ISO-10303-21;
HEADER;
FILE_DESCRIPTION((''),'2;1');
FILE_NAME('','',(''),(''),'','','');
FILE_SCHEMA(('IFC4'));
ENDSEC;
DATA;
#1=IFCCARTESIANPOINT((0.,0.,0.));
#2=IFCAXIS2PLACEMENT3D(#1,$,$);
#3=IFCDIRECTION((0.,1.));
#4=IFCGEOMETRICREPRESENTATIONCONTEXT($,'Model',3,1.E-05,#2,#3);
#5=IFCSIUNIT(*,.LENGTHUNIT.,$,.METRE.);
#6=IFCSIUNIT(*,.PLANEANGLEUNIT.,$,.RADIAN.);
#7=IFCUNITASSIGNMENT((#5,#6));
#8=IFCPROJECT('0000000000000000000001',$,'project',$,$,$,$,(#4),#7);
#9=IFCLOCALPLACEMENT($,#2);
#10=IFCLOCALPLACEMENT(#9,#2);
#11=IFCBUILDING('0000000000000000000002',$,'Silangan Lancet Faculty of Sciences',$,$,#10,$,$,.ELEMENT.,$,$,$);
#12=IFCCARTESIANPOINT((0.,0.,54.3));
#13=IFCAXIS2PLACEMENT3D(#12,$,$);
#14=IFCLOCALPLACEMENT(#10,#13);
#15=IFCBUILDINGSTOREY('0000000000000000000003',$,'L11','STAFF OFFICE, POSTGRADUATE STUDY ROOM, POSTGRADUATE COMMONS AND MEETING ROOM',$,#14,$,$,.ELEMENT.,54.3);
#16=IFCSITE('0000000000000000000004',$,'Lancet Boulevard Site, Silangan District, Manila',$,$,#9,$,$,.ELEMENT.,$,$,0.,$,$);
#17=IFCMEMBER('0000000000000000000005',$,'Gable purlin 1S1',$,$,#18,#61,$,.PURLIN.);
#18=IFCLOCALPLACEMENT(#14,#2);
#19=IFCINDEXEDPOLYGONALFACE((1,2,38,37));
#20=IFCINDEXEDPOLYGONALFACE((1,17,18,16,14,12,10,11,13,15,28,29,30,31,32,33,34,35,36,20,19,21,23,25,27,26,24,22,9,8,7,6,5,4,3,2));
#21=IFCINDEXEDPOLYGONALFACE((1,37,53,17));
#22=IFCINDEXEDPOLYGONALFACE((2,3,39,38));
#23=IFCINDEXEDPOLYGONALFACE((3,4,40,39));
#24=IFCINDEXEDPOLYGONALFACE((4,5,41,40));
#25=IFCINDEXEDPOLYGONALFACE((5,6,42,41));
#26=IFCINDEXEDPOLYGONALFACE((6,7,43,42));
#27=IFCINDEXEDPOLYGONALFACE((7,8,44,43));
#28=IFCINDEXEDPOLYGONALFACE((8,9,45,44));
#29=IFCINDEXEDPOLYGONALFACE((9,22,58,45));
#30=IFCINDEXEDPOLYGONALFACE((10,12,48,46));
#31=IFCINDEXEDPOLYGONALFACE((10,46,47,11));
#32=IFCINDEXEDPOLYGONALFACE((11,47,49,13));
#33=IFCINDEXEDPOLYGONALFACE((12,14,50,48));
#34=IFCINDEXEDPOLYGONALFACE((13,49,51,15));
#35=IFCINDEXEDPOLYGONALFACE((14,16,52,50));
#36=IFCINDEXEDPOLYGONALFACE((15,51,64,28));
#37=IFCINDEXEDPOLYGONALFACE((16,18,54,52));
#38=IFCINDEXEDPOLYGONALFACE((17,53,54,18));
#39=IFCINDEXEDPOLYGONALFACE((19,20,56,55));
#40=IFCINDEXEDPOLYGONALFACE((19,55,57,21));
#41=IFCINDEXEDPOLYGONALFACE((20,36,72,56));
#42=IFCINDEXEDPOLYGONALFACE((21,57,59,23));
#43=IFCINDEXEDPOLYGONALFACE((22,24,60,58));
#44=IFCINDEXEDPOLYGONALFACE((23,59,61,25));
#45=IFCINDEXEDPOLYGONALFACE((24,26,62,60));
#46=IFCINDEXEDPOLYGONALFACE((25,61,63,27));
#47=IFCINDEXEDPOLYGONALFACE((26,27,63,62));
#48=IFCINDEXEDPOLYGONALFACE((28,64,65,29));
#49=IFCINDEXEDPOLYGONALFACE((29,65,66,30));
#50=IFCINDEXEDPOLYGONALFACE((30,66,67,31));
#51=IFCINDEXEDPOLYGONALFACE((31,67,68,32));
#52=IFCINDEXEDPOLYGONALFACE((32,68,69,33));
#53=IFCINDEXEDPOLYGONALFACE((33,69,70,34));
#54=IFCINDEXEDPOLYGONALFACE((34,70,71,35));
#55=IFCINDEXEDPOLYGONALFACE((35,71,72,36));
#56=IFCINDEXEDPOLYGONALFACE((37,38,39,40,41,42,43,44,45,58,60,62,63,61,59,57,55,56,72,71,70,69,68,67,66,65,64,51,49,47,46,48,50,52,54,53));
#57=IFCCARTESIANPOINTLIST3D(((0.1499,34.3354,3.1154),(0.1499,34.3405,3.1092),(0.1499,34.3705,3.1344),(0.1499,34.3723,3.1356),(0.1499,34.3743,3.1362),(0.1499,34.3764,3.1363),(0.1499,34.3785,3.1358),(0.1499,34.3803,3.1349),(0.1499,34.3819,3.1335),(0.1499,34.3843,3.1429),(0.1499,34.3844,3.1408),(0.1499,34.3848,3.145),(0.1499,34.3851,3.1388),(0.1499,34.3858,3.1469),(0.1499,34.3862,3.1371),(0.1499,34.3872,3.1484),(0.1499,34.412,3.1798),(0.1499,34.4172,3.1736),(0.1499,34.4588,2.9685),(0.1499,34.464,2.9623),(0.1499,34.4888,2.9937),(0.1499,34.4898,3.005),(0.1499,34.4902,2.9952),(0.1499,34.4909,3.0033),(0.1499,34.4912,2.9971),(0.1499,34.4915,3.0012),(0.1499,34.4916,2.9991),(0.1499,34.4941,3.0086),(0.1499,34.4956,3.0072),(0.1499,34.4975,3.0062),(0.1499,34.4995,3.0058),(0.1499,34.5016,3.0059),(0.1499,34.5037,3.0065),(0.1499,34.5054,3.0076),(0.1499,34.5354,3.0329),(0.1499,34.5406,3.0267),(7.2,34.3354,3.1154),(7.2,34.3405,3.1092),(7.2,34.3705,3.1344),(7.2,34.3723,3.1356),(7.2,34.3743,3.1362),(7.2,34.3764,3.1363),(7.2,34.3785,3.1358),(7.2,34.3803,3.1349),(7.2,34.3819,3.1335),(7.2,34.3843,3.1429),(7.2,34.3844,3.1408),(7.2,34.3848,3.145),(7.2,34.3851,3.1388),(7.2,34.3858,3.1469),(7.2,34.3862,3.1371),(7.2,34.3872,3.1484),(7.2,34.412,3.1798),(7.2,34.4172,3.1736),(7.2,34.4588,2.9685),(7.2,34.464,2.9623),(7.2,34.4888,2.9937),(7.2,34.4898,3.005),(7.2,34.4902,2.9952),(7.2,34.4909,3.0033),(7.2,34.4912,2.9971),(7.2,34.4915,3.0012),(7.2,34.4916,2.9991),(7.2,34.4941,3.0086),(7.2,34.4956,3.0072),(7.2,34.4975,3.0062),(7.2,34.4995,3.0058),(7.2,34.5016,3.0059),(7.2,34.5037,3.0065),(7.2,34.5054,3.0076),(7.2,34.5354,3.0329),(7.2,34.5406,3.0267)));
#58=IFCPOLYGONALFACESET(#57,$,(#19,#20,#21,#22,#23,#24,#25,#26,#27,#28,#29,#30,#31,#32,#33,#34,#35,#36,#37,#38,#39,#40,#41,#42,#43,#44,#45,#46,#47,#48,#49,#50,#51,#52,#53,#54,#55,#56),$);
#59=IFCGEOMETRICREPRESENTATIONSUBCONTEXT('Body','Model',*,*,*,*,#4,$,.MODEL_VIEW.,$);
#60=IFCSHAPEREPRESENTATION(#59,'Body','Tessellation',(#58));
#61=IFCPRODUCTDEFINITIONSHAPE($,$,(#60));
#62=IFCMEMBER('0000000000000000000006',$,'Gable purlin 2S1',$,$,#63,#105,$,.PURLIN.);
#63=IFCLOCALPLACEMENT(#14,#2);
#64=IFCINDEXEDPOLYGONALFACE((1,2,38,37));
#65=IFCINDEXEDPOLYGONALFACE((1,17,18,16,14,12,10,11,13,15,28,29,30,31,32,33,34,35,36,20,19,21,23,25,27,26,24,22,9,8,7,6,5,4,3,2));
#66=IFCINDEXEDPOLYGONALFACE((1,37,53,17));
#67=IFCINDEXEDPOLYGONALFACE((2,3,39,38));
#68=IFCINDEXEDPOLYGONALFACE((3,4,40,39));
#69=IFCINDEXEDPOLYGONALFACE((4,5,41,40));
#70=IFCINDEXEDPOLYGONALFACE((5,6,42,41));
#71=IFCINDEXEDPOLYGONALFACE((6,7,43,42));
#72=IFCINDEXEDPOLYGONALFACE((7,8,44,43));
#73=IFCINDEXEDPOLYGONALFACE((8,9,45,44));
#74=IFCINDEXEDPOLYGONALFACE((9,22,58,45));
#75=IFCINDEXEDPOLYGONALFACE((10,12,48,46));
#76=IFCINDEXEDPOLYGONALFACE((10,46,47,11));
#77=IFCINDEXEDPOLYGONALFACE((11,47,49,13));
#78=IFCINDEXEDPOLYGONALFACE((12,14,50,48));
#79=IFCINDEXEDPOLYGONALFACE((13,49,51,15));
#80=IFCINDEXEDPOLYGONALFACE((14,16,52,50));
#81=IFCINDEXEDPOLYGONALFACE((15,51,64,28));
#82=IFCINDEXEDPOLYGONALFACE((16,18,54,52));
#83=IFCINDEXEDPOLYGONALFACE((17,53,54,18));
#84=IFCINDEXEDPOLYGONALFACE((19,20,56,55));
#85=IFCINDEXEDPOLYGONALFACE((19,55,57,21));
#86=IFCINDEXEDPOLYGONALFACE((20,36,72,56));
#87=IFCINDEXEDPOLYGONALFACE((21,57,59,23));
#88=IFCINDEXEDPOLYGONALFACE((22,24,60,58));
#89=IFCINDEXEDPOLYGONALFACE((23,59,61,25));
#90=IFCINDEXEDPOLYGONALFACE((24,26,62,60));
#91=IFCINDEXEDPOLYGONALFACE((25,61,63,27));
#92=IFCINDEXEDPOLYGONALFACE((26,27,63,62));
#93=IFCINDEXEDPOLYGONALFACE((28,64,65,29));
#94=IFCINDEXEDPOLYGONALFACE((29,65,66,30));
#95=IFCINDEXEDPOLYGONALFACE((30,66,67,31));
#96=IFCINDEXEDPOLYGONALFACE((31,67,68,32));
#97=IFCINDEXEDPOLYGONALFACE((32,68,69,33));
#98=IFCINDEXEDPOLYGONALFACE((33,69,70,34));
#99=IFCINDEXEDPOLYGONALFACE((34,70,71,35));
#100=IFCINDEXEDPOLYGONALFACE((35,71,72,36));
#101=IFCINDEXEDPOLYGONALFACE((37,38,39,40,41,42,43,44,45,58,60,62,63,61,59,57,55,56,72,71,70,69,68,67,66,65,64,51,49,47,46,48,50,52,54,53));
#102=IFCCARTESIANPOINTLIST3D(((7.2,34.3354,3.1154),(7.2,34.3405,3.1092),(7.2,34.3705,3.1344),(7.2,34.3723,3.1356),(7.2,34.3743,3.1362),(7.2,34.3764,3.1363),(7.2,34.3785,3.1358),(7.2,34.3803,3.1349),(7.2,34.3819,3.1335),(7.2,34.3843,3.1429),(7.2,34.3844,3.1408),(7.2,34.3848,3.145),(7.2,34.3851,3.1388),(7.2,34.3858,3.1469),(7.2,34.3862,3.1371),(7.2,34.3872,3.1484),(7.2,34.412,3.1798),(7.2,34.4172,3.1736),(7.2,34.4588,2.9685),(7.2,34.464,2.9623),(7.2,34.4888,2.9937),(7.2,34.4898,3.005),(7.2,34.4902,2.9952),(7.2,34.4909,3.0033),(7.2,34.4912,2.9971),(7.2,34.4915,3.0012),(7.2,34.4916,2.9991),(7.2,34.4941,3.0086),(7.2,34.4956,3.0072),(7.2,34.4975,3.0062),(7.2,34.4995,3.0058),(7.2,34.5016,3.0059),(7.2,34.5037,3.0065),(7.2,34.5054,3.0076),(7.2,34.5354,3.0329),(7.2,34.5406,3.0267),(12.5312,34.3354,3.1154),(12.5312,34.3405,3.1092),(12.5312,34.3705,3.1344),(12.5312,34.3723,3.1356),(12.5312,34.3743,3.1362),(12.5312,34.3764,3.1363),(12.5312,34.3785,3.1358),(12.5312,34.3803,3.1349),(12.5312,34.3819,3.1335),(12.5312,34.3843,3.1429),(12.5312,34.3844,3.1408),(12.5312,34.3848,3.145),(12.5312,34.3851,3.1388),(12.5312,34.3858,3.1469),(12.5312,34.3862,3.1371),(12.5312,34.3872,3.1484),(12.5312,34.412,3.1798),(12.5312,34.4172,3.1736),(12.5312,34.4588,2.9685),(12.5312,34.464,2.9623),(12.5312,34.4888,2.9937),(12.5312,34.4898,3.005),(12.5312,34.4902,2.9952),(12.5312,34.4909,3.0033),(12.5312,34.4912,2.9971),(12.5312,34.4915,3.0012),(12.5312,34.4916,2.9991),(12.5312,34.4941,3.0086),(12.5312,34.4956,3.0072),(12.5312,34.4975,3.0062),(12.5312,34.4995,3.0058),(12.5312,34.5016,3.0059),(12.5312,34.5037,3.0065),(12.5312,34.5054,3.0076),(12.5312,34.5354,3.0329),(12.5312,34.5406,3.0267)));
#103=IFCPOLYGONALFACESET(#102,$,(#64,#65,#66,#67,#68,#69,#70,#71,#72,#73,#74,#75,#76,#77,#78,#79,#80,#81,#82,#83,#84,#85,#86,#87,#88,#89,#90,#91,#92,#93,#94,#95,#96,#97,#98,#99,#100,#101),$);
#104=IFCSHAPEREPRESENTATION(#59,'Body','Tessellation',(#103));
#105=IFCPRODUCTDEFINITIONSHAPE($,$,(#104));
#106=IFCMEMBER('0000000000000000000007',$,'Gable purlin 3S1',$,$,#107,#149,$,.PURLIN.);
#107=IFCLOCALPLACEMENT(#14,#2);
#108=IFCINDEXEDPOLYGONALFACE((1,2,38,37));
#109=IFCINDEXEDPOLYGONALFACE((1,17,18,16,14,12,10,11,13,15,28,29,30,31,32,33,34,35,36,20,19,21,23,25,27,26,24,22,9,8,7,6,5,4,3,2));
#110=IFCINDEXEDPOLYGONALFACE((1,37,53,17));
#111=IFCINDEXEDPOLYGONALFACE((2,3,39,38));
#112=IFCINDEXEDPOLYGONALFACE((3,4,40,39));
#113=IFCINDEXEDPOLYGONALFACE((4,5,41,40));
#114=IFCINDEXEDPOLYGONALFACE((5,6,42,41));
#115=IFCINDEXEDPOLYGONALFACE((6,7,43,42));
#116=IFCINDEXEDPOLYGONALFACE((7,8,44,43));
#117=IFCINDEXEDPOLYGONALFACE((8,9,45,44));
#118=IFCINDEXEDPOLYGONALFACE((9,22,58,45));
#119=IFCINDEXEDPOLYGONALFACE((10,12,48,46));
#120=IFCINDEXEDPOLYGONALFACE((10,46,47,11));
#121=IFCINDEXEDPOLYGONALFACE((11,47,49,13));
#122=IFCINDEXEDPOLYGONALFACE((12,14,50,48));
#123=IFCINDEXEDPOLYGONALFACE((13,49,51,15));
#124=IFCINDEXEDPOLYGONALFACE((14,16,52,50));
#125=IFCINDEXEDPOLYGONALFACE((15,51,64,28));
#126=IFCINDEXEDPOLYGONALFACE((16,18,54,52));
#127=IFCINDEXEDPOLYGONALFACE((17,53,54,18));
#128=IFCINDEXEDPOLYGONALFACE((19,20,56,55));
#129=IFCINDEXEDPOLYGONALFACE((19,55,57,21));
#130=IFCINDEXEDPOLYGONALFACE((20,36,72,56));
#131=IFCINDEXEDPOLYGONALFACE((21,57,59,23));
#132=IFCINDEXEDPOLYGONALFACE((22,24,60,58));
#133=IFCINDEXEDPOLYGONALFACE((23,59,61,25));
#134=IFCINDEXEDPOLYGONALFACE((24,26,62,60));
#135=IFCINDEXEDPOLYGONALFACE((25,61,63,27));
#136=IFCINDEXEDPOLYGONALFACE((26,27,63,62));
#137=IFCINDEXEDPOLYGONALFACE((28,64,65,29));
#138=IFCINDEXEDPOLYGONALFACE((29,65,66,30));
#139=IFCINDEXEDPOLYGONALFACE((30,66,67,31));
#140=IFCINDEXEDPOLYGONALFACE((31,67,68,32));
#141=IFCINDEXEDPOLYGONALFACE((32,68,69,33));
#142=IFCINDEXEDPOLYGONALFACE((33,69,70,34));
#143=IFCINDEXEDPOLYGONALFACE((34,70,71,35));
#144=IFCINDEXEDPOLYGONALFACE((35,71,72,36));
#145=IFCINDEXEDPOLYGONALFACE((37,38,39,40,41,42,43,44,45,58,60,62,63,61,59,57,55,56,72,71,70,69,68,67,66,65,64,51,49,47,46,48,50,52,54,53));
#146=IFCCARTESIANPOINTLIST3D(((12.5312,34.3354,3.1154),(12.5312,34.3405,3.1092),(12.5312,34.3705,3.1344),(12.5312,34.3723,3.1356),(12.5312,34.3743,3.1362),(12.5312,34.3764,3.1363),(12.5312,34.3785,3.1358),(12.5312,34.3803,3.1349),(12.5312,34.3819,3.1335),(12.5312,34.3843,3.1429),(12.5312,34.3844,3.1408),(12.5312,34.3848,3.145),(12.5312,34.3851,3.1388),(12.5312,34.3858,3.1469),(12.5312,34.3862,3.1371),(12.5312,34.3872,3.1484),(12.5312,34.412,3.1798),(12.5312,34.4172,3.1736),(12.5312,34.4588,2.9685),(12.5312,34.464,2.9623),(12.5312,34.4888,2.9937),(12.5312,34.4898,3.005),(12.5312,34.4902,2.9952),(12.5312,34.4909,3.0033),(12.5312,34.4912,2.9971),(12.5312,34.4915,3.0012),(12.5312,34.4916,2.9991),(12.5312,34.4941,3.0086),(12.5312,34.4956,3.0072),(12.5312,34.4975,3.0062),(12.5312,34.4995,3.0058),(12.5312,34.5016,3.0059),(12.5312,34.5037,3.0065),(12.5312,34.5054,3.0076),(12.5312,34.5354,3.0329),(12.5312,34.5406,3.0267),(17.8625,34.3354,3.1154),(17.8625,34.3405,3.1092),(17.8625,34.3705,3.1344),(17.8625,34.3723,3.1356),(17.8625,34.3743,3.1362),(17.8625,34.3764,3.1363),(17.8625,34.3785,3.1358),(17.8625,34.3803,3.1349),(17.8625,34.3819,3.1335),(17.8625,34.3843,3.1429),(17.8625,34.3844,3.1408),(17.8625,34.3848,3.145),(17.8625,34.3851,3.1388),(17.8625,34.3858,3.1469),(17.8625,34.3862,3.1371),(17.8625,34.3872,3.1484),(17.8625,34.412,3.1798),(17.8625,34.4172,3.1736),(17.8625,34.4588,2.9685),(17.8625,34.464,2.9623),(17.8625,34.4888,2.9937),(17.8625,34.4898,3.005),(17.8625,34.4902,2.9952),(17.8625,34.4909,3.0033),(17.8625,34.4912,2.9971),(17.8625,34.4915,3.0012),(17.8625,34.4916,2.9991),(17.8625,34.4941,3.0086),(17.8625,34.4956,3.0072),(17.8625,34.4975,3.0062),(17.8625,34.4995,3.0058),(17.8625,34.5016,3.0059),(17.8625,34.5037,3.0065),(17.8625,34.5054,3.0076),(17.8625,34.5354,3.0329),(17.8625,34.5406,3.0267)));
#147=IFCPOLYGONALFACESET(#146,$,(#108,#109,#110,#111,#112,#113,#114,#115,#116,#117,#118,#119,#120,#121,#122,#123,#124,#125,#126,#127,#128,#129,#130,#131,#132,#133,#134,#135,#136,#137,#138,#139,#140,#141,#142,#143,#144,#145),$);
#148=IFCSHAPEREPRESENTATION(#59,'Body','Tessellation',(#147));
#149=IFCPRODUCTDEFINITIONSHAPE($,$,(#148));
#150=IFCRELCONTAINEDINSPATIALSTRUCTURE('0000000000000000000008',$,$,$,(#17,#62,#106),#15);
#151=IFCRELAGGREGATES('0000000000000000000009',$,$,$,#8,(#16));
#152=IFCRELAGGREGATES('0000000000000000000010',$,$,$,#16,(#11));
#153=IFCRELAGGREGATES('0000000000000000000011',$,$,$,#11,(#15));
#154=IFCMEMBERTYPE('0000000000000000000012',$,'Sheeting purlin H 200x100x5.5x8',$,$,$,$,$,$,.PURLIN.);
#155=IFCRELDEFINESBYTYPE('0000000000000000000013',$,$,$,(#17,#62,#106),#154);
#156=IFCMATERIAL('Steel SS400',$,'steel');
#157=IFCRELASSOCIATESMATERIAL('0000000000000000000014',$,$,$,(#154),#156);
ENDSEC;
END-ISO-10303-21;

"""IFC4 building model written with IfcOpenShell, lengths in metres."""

from ifc_helpers import new_model, si_unit, direction, frame, origin, origin_2d, place, context, subcontext, project, spatial, i_section, extrude, material, material_profile, profile_set, type_object, element, save


model = new_model("IFC4")

# Units and contexts
model_context = context("Model", 3, precision=1e-05, world=origin(), true_north=direction((0.0, 1.0)))
body_context = subcontext(model_context, "Body", "Model", "MODEL_VIEW")
ifc_project = project(units=[si_unit("LENGTHUNIT", "METRE"), si_unit("PLANEANGLEUNIT", "RADIAN")], contexts=[model_context])

# Site, building, storey
site_placement = place(None, origin())
site = spatial("IfcSite", under=ifc_project, at=site_placement, Name="Lancet Boulevard Site, Silangan District, Manila", CompositionType="ELEMENT", RefElevation=0.0)
building_placement = place(site_placement, origin())
building = spatial("IfcBuilding", under=site, at=building_placement, Name="Silangan Lancet Faculty of Sciences", CompositionType="ELEMENT")
storey_placement = place(building_placement, frame((0.0, 0.0, 54.3)))
storey = spatial("IfcBuildingStorey", under=building, at=storey_placement, Name="L11", Description="STAFF OFFICE, POSTGRADUATE STUDY ROOM, POSTGRADUATE COMMONS AND MEETING ROOM", CompositionType="ELEMENT", Elevation=54.3)

# Members
ifc_material_1 = material(Name="Steel SS400", Category="steel")
ifc_material_profile_1 = material_profile(ifc_material_1, i_section(OverallWidth=0.1001, OverallDepth=0.2, WebThickness=0.0056, FlangeThickness=0.0081, FilletRadius=0.0081, at=origin_2d()), Name="H 200x100x5.5x8")
ifc_profile_set_1 = profile_set([ifc_material_profile_1], Name="Steel SS400")
member_type_1 = type_object("IfcMemberType", Name="Sheeting purlin H 200x100x5.5x8", PredefinedType="PURLIN", material=ifc_profile_set_1)
member_1_placement = place(storey_placement, frame((0.1499, 34.438, 3.071), z_axis=(1.0, 0.0, 0.0), x_axis=(0.0, 0.765705, 0.643192)))
element("IfcMember", 1, at=member_1_placement, inside=storey, type_object=member_type_1, Name="Gable purlin 1S1", PredefinedType="PURLIN", context=body_context, shape_type="SweptSolid", body=[
    extrude(i_section(OverallWidth=0.1001, OverallDepth=0.2, WebThickness=0.0056, FlangeThickness=0.0081, FilletRadius=0.0081, at=origin_2d()), origin(), (0.0, 0.0, 1.0), 7.05),
])
for number, where, z_axis, x_axis, name in (
    (2, (7.2, 34.438, 3.071), (1.0, 0.0, 0.0), (0.0, 0.765705, 0.643192), "Gable purlin 2S1"),
    (3, (12.5312, 34.438, 3.071), (1.0, 0.0, 0.0), (0.0, 0.765705, 0.643192), "Gable purlin 3S1"),
):
    element("IfcMember", number, at=place(storey_placement, frame(where, z_axis=z_axis, x_axis=x_axis)), inside=storey, type_object=member_type_1, Name=name, PredefinedType="PURLIN", context=body_context, shape_type="SweptSolid", body=[
        extrude(i_section(OverallWidth=0.1001, OverallDepth=0.2, WebThickness=0.0056, FlangeThickness=0.0081, FilletRadius=0.0081, at=origin_2d()), origin(), (0.0, 0.0, 1.0), 5.3313),
    ])

save(model, "model.ifc")
